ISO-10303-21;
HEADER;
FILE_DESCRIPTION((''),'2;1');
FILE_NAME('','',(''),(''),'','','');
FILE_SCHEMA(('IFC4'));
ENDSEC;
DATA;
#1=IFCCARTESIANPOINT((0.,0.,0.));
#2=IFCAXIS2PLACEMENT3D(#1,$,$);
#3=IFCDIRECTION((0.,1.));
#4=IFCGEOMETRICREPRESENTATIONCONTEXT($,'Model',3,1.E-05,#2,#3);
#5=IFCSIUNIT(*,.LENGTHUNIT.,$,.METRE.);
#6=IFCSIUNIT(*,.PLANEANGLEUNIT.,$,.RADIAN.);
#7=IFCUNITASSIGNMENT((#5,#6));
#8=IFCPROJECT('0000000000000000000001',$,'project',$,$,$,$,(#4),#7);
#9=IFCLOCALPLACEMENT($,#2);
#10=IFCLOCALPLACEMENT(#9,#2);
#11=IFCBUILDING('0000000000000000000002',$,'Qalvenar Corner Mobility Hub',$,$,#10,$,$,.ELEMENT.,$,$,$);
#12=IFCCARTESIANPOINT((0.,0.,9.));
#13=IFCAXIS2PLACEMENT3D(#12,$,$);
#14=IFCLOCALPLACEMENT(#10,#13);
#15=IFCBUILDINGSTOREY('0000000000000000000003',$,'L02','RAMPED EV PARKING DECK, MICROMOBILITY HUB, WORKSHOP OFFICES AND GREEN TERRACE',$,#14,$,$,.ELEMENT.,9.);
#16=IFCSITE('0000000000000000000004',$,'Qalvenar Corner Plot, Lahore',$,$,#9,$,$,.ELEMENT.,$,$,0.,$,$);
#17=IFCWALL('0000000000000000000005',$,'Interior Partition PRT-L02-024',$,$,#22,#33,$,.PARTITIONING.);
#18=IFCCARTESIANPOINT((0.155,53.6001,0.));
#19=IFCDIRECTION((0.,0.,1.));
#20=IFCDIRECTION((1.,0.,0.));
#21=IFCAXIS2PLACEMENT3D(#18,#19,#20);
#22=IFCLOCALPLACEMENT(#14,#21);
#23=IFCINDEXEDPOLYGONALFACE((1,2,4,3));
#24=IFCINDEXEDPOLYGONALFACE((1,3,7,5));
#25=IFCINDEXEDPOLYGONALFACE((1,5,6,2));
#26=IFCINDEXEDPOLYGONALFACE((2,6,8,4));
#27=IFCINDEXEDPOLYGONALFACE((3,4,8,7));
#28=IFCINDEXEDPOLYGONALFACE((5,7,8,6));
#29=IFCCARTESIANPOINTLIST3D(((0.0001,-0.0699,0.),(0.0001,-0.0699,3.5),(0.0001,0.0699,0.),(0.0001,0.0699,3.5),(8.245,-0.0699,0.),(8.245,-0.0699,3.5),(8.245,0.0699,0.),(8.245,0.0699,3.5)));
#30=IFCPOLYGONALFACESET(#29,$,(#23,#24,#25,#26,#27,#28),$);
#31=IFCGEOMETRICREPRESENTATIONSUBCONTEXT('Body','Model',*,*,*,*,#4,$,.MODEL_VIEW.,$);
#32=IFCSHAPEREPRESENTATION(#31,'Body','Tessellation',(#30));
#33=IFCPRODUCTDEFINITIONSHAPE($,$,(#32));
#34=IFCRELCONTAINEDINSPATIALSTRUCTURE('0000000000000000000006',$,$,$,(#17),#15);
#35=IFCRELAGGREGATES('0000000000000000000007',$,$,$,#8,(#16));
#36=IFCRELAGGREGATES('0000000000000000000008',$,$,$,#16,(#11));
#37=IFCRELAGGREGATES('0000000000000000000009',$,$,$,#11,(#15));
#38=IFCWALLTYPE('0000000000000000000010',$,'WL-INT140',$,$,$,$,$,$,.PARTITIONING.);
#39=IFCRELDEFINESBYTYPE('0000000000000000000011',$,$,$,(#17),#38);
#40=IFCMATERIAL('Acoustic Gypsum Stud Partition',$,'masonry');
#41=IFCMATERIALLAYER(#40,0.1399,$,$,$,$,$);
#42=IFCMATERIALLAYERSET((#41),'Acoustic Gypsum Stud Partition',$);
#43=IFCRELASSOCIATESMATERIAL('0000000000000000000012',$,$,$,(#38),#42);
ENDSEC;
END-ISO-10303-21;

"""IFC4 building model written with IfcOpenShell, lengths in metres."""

from ifc_helpers import new_model, si_unit, direction, frame, frame_2d, origin, place, context, subcontext, project, spatial, rectangle, extrude, material, layer, layer_set, type_object, element, save


model = new_model("IFC4")

# Units and contexts
model_context = context("Model", 3, precision=1e-05, world=origin(), true_north=direction((0.0, 1.0)))
body_context = subcontext(model_context, "Body", "Model", "MODEL_VIEW")
ifc_project = project(units=[si_unit("LENGTHUNIT", "METRE"), si_unit("PLANEANGLEUNIT", "RADIAN")], contexts=[model_context])

# Site, building, storey
site_placement = place(None, origin())
site = spatial("IfcSite", under=ifc_project, at=site_placement, Name="Qalvenar Corner Plot, Lahore", CompositionType="ELEMENT", RefElevation=0.0)
building_placement = place(site_placement, origin())
building = spatial("IfcBuilding", under=site, at=building_placement, Name="Qalvenar Corner Mobility Hub", CompositionType="ELEMENT")
storey_placement = place(building_placement, frame((0.0, 0.0, 9.0)))
storey = spatial("IfcBuildingStorey", under=building, at=storey_placement, Name="L02", Description="RAMPED EV PARKING DECK, MICROMOBILITY HUB, WORKSHOP OFFICES AND GREEN TERRACE", CompositionType="ELEMENT", Elevation=9.0)

# Wall
ifc_material_1 = material(Name="Acoustic Gypsum Stud Partition", Category="masonry")
ifc_layer_1 = layer(ifc_material_1, 0.1399)
ifc_layer_set_1 = layer_set([ifc_layer_1], Name="Acoustic Gypsum Stud Partition")
wall_type_1 = type_object("IfcWallType", Name="WL-INT140", PredefinedType="PARTITIONING", material=ifc_layer_set_1)
wall_1_placement = place(storey_placement, frame((0.155, 53.6001, 0.0), z_axis=(0.0, 0.0, 1.0), x_axis=(1.0, 0.0, 0.0)))
element("IfcWall", 1, at=wall_1_placement, inside=storey, type_object=wall_type_1, Name="Interior Partition PRT-L02-024", PredefinedType="PARTITIONING", context=body_context, shape_type="SweptSolid", body=[
    extrude(rectangle(XDim=8.2449, YDim=0.1399, at=frame_2d((4.1226, 0.0))), origin(), (0.0, 0.0, 1.0), 3.5),
])

save(model, "model.ifc")
